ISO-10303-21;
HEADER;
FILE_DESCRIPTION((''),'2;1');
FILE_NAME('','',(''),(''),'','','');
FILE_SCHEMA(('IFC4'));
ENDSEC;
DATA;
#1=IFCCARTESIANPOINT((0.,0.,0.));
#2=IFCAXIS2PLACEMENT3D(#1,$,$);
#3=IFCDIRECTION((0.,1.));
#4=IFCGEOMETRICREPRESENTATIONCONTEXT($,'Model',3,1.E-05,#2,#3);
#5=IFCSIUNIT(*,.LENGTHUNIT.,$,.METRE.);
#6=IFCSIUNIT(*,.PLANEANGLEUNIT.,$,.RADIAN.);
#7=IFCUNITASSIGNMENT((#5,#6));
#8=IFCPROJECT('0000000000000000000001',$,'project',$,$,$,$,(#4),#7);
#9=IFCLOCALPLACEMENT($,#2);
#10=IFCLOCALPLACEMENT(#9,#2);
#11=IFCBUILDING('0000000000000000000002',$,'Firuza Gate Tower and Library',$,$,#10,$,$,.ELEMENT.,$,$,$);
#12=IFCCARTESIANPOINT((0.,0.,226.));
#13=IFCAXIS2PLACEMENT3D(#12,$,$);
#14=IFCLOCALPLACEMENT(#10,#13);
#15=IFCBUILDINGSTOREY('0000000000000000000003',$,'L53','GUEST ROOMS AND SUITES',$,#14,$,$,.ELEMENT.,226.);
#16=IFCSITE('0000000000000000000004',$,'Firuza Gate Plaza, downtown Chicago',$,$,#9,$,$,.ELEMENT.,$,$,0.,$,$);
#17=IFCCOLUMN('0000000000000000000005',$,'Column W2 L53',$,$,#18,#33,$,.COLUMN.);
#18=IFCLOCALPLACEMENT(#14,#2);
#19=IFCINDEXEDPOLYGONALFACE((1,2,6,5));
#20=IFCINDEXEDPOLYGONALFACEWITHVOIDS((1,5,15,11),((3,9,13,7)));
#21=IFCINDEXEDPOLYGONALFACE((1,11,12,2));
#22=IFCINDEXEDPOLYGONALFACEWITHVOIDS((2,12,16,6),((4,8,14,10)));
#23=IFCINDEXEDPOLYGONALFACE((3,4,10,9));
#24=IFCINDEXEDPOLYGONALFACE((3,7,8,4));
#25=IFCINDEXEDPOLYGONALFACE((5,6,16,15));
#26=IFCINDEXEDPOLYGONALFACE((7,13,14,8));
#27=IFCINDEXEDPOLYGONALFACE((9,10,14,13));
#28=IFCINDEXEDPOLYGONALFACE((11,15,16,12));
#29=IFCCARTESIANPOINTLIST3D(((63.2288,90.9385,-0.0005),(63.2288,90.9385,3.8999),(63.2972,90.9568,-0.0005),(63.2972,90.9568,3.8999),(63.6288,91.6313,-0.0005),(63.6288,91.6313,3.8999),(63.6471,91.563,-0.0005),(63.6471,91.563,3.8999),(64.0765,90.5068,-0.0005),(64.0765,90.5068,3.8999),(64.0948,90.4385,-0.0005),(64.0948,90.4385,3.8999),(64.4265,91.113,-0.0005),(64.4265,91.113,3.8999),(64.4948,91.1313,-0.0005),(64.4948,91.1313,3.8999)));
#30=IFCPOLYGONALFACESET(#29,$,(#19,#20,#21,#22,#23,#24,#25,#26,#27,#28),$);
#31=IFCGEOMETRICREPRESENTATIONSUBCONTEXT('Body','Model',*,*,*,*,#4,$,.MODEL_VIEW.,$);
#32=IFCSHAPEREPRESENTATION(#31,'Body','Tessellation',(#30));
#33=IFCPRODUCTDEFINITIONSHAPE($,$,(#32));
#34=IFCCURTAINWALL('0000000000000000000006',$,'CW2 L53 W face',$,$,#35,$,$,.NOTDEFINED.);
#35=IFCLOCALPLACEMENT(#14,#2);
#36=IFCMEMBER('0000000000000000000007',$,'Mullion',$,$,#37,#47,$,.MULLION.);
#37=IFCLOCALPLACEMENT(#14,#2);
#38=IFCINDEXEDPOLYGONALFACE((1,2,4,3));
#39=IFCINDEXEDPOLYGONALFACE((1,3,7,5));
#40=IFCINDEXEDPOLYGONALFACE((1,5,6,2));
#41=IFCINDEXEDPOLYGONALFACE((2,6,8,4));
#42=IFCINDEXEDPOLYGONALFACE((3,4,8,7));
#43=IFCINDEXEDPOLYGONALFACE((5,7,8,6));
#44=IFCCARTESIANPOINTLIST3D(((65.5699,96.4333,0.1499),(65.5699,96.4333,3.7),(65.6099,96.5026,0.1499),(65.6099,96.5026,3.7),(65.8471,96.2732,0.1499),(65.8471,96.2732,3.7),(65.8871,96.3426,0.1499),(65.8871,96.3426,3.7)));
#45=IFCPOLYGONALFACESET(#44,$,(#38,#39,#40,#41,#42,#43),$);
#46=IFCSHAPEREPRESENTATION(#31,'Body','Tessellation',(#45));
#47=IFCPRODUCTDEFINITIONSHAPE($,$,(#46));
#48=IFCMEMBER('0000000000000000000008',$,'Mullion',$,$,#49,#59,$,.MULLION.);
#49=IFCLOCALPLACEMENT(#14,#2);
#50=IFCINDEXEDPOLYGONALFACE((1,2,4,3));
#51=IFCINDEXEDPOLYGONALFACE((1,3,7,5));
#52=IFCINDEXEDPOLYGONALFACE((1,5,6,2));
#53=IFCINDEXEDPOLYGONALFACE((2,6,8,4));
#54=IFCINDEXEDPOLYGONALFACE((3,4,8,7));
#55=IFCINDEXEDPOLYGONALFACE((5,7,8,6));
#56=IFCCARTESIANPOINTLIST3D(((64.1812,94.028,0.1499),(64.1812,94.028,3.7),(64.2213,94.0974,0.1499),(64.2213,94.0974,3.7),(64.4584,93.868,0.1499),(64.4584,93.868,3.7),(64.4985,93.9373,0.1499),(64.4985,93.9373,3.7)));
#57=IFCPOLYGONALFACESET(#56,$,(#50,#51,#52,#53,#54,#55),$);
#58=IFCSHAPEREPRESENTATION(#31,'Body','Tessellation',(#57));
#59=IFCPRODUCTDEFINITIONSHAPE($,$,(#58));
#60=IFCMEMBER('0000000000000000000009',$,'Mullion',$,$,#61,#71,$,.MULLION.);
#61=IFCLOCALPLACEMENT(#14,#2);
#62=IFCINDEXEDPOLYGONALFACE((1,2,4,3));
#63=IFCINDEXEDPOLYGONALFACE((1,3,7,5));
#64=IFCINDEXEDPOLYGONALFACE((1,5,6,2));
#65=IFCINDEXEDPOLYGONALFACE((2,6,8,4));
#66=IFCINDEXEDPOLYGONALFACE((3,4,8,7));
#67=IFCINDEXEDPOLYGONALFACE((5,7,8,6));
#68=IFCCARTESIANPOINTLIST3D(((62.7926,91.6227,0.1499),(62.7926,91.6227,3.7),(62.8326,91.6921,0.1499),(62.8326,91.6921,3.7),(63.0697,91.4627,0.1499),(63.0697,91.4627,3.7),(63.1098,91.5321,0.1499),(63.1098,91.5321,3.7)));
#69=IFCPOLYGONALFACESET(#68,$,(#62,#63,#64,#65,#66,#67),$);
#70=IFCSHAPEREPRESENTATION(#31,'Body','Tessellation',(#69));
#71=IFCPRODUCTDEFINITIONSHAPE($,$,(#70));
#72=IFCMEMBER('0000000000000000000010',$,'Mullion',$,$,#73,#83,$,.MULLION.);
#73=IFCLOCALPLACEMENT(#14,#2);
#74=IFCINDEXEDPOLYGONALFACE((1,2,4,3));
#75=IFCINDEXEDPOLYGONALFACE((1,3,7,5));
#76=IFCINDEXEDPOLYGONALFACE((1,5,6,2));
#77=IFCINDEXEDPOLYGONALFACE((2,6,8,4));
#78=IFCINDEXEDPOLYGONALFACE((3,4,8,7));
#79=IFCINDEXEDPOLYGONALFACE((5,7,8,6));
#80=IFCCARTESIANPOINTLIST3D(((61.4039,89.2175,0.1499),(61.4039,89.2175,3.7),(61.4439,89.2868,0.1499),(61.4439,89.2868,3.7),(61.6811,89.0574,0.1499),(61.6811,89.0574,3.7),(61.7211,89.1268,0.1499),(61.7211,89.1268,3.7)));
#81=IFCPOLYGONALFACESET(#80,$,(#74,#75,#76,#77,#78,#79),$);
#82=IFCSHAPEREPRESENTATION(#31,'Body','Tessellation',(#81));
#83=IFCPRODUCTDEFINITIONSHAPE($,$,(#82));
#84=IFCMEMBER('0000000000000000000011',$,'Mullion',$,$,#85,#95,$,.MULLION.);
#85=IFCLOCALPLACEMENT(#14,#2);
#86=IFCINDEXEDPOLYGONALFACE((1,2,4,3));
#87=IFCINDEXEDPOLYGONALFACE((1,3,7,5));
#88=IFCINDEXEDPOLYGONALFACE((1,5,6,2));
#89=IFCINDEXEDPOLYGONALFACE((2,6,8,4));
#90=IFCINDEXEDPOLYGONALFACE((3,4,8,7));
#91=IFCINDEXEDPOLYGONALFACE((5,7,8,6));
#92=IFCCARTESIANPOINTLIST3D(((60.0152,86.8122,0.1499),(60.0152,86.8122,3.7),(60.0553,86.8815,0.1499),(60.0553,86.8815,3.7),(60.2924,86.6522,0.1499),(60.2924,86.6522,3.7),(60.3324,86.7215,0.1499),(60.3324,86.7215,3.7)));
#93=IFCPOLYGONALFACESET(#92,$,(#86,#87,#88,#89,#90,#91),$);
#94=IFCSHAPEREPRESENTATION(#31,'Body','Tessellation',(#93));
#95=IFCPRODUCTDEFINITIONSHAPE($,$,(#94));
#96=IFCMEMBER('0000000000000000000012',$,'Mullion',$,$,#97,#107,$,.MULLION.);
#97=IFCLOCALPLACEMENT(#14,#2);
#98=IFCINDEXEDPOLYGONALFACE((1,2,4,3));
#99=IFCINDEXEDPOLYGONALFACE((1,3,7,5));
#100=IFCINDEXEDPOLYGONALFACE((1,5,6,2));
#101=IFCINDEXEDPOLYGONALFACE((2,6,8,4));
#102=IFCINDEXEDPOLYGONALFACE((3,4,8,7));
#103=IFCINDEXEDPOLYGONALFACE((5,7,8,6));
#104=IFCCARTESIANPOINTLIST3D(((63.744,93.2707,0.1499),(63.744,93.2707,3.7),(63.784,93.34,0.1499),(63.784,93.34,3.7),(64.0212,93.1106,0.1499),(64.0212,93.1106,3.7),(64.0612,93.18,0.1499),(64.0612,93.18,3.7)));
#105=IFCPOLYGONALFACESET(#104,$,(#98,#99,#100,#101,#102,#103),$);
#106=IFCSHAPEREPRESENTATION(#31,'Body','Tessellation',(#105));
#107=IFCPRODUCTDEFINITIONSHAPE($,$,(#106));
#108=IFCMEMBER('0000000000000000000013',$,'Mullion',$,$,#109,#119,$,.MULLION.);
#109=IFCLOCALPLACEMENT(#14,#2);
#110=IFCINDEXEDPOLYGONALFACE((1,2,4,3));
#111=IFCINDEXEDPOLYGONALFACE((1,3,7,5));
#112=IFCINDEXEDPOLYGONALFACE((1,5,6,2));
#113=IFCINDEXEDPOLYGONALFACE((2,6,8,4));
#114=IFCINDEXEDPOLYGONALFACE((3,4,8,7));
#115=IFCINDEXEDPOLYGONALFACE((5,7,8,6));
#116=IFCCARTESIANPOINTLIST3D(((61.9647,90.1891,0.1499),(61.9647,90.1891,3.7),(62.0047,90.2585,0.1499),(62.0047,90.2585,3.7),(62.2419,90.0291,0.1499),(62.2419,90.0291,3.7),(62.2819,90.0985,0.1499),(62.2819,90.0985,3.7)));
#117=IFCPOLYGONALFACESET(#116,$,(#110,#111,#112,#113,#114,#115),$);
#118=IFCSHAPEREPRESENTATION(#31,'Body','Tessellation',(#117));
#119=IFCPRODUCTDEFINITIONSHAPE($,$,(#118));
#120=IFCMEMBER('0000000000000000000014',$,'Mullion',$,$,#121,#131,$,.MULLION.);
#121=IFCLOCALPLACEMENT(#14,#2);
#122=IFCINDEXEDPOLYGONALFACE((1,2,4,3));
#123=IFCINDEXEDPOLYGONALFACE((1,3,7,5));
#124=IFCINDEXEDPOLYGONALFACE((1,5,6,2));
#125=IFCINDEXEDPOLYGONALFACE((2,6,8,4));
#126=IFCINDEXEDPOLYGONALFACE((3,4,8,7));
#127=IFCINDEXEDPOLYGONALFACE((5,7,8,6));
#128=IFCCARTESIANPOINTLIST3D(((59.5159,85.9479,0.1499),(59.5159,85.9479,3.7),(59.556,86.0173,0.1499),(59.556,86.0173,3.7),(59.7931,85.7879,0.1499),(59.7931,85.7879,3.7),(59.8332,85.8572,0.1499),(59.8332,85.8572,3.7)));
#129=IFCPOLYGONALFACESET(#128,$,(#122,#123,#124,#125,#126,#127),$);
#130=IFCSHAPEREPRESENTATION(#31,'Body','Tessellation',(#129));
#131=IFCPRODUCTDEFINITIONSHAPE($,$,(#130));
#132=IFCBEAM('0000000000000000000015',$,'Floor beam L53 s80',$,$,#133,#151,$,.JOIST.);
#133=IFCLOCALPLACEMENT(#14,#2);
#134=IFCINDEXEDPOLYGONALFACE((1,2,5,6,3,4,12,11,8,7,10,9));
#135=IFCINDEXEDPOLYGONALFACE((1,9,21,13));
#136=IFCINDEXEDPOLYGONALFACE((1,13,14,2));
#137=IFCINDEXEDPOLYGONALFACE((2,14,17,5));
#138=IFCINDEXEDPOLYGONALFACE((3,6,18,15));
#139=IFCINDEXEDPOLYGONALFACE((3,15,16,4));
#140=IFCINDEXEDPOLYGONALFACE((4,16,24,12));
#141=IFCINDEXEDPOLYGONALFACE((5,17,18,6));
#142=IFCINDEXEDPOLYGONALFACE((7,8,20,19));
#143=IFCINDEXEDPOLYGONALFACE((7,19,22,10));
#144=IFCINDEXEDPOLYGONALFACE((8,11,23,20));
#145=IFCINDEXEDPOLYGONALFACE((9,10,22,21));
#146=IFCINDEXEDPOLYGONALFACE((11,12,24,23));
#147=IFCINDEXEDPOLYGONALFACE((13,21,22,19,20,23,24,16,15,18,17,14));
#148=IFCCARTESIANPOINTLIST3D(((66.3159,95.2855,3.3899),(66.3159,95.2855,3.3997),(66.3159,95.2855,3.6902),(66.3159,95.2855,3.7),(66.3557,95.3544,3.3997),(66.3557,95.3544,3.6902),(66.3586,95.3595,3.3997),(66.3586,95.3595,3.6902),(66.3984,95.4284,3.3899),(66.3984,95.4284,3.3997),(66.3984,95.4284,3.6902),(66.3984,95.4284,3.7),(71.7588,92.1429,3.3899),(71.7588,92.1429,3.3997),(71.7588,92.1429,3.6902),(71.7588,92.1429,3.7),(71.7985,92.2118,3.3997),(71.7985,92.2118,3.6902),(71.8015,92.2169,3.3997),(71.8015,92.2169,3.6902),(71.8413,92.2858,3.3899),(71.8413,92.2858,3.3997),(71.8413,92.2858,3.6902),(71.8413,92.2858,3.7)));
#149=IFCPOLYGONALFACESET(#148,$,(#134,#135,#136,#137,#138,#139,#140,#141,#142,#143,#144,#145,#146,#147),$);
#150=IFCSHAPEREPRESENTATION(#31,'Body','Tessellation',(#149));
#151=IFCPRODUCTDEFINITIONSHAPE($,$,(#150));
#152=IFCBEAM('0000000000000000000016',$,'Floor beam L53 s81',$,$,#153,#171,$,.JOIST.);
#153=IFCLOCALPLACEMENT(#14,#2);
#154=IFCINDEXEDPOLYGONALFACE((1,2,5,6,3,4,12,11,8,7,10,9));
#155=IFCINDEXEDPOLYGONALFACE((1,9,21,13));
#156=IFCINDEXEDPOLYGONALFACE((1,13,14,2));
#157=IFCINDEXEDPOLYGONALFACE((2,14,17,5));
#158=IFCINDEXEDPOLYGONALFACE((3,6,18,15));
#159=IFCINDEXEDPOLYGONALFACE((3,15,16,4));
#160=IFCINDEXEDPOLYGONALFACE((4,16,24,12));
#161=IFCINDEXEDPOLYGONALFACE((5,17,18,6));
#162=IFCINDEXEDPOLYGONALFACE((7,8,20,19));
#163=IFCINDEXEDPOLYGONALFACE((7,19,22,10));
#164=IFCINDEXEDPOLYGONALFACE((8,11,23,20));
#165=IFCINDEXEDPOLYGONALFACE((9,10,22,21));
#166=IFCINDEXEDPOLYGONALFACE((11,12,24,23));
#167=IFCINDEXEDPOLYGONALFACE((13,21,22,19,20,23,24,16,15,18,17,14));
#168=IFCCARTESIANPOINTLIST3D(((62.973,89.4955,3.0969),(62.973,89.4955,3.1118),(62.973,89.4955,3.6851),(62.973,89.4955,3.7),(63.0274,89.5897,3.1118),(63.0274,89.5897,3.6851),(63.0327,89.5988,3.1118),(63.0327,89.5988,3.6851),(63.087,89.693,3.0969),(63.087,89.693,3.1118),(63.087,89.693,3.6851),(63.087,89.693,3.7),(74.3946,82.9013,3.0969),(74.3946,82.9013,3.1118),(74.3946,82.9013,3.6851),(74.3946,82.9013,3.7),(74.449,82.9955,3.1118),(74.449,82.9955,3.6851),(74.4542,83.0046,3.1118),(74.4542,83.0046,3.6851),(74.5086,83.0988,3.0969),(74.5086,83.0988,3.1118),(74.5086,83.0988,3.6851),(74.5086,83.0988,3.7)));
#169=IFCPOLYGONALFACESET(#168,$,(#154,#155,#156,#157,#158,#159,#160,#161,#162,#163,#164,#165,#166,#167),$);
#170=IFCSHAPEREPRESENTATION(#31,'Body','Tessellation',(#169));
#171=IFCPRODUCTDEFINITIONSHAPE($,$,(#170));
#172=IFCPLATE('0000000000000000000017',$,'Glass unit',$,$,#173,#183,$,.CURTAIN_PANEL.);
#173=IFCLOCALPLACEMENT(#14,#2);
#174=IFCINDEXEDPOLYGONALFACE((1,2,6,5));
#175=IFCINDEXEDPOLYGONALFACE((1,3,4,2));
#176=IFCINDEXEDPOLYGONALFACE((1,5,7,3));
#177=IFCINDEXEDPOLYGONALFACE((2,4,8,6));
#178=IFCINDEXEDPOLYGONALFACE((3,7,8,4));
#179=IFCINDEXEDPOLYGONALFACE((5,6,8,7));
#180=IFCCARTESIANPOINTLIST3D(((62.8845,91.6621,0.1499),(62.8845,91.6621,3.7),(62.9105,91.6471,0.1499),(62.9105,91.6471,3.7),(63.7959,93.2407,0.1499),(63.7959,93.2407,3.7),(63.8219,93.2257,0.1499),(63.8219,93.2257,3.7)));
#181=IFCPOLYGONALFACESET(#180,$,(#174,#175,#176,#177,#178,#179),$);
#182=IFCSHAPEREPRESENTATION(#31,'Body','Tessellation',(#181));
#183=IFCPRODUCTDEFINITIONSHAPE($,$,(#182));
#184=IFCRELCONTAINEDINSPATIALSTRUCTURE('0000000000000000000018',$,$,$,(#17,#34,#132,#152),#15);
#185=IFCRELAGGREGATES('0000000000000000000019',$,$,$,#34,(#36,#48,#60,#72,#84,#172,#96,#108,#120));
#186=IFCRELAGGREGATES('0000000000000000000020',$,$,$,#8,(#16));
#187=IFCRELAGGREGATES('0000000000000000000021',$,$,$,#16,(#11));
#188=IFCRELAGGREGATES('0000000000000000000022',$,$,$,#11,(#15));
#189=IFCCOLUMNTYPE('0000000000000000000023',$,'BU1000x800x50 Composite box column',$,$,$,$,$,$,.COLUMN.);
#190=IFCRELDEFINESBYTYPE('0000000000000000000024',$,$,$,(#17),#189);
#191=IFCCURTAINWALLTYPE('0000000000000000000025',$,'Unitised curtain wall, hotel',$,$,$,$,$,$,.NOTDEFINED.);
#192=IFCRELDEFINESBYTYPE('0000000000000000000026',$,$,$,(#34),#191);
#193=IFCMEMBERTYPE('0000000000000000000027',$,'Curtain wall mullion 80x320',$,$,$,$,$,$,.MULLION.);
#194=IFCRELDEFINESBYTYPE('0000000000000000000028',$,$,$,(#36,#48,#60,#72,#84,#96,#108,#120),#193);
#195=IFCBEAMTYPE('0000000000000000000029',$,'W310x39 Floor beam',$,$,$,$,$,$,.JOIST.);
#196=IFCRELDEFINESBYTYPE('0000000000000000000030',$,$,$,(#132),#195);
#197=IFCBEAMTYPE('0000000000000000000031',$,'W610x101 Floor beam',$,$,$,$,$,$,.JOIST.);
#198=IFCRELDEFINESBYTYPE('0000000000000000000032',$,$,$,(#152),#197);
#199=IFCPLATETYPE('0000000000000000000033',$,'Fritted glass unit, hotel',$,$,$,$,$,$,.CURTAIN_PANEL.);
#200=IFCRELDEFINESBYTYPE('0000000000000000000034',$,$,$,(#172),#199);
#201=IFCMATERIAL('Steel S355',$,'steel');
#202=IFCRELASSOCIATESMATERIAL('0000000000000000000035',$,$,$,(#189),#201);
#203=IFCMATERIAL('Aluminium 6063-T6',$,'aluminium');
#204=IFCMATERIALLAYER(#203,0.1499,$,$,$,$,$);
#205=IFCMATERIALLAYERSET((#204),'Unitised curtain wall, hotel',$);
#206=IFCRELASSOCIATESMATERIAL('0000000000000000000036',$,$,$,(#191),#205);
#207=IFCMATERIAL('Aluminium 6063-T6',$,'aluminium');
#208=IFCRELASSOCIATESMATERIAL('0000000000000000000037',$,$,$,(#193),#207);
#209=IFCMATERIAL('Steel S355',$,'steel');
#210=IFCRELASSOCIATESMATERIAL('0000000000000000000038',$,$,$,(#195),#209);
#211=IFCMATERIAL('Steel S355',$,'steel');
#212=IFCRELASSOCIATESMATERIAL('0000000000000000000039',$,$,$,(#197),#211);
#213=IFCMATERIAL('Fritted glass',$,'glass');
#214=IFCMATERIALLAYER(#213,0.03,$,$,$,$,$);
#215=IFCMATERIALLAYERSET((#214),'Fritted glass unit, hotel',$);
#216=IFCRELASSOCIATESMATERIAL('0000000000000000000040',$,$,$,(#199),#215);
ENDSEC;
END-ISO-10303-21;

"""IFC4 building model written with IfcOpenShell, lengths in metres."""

from ifc_helpers import new_model, si_unit, direction, frame, origin, origin_2d, place, context, subcontext, project, spatial, polyline, rectangle, hollow_rectangle, i_section, outline, extrude, material, layer, layer_set, material_profile, profile_set, type_object, element, aggregate, save


model = new_model("IFC4")

# Units and contexts
model_context = context("Model", 3, precision=1e-05, world=origin(), true_north=direction((0.0, 1.0)))
body_context = subcontext(model_context, "Body", "Model", "MODEL_VIEW")
ifc_project = project(units=[si_unit("LENGTHUNIT", "METRE"), si_unit("PLANEANGLEUNIT", "RADIAN")], contexts=[model_context])

# Site, building, storey
site_placement = place(None, origin())
site = spatial("IfcSite", under=ifc_project, at=site_placement, Name="Firuza Gate Plaza, downtown Chicago", CompositionType="ELEMENT", RefElevation=0.0)
building_placement = place(site_placement, origin())
building = spatial("IfcBuilding", under=site, at=building_placement, Name="Firuza Gate Tower and Library", CompositionType="ELEMENT")
storey_placement = place(building_placement, frame((0.0, 0.0, 226.0)))
storey = spatial("IfcBuildingStorey", under=building, at=storey_placement, Name="L53", Description="GUEST ROOMS AND SUITES", CompositionType="ELEMENT", Elevation=226.0)

# Column
ifc_material_1 = material(Name="Steel S355", Category="steel")
ifc_material_profile_1 = material_profile(ifc_material_1, hollow_rectangle(XDim=0.8, YDim=1.0, WallThickness=0.05, at=origin_2d()))
ifc_profile_set_1 = profile_set([ifc_material_profile_1], Name="Steel S355")
column_type = type_object("IfcColumnType", Name="BU1000x800x50 Composite box column", PredefinedType="COLUMN", material=ifc_profile_set_1)
column_placement = place(storey_placement, frame((63.8618, 91.0349, -0.0005), z_axis=(0.0, 0.0, 1.0), x_axis=(-0.5, -0.866025, 0.0)))
element("IfcColumn", 1, at=column_placement, inside=storey, type_object=column_type, Name="Column W2 L53", PredefinedType="COLUMN", context=body_context, shape_type="SweptSolid", body=[
    extrude(hollow_rectangle(XDim=0.8, YDim=1.0, WallThickness=0.05, at=origin_2d()), origin(), (0.0, 0.0, 1.0), 3.9004),
])

# Curtain wall, members
ifc_material_2 = material(Name="Aluminium 6063-T6", Category="aluminium")
ifc_layer_1 = layer(ifc_material_2, 0.1499)
ifc_layer_set_1 = layer_set([ifc_layer_1], Name="Unitised curtain wall, hotel")
curtain_wall_type = type_object("IfcCurtainWallType", Name="Unitised curtain wall, hotel", PredefinedType="NOTDEFINED", material=ifc_layer_set_1)
placement = place(storey_placement, origin())
curtain_wall = element("IfcCurtainWall", 2, at=placement, inside=storey, type_object=curtain_wall_type, Name="CW2 L53 W face", PredefinedType="NOTDEFINED")
ifc_material_3 = material(Name="Aluminium 6063-T6", Category="aluminium")
ifc_material_profile_2 = material_profile(ifc_material_3, rectangle(XDim=0.3201, YDim=0.0801, at=origin_2d()))
ifc_profile_set_2 = profile_set([ifc_material_profile_2], Name="Aluminium 6063-T6")
member_type = type_object("IfcMemberType", Name="Curtain wall mullion 80x320", PredefinedType="MULLION", material=ifc_profile_set_2)
member_1_placement = place(storey_placement, frame((65.7285, 96.3879, 0.1499), z_axis=(0.0, 0.0, 1.0), x_axis=(0.866025, -0.5, 0.0)))
member_1 = element("IfcMember", 3, at=member_1_placement, type_object=member_type, Name="Mullion", PredefinedType="MULLION", context=body_context, shape_type="SweptSolid", body=[
    extrude(rectangle(XDim=0.3201, YDim=0.0801, at=origin_2d()), origin(), (0.0, 0.0, 1.0), 3.55),
])
member_2_placement = place(storey_placement, frame((64.3398, 93.9827, 0.1499), z_axis=(0.0, 0.0, 1.0), x_axis=(0.866025, -0.5, 0.0)))
member_2 = element("IfcMember", 4, at=member_2_placement, type_object=member_type, Name="Mullion", PredefinedType="MULLION", context=body_context, shape_type="SweptSolid", body=[
    extrude(rectangle(XDim=0.3201, YDim=0.0801, at=origin_2d()), origin(), (0.0, 0.0, 1.0), 3.55),
])
member_3_placement = place(storey_placement, frame((62.9512, 91.5774, 0.1499), z_axis=(0.0, 0.0, 1.0), x_axis=(0.866025, -0.5, 0.0)))
member_3 = element("IfcMember", 5, at=member_3_placement, type_object=member_type, Name="Mullion", PredefinedType="MULLION", context=body_context, shape_type="SweptSolid", body=[
    extrude(rectangle(XDim=0.3201, YDim=0.0801, at=origin_2d()), origin(), (0.0, 0.0, 1.0), 3.55),
])
member_4_placement = place(storey_placement, frame((61.5625, 89.1721, 0.1499), z_axis=(0.0, 0.0, 1.0), x_axis=(0.866025, -0.5, 0.0)))
member_4 = element("IfcMember", 6, at=member_4_placement, type_object=member_type, Name="Mullion", PredefinedType="MULLION", context=body_context, shape_type="SweptSolid", body=[
    extrude(rectangle(XDim=0.3201, YDim=0.0801, at=origin_2d()), origin(), (0.0, 0.0, 1.0), 3.55),
])
member_5_placement = place(storey_placement, frame((60.1738, 86.7668, 0.1499), z_axis=(0.0, 0.0, 1.0), x_axis=(0.866025, -0.5, 0.0)))
member_5 = element("IfcMember", 7, at=member_5_placement, type_object=member_type, Name="Mullion", PredefinedType="MULLION", context=body_context, shape_type="SweptSolid", body=[
    extrude(rectangle(XDim=0.3201, YDim=0.0801, at=origin_2d()), origin(), (0.0, 0.0, 1.0), 3.55),
])
member_6_placement = place(storey_placement, frame((63.9026, 93.2253, 0.1499), z_axis=(0.0, 0.0, 1.0), x_axis=(0.866025, -0.5, 0.0)))
member_6 = element("IfcMember", 8, at=member_6_placement, type_object=member_type, Name="Mullion", PredefinedType="MULLION", context=body_context, shape_type="SweptSolid", body=[
    extrude(rectangle(XDim=0.3201, YDim=0.0801, at=origin_2d()), origin(), (0.0, 0.0, 1.0), 3.55),
])
member_7_placement = place(storey_placement, frame((62.1233, 90.1438, 0.1499), z_axis=(0.0, 0.0, 1.0), x_axis=(0.866025, -0.5, 0.0)))
member_7 = element("IfcMember", 9, at=member_7_placement, type_object=member_type, Name="Mullion", PredefinedType="MULLION", context=body_context, shape_type="SweptSolid", body=[
    extrude(rectangle(XDim=0.3201, YDim=0.0801, at=origin_2d()), origin(), (0.0, 0.0, 1.0), 3.55),
])
member_8_placement = place(storey_placement, frame((59.6746, 85.9026, 0.1499), z_axis=(0.0, 0.0, 1.0), x_axis=(0.866025, -0.5, 0.0)))
member_8 = element("IfcMember", 10, at=member_8_placement, type_object=member_type, Name="Mullion", PredefinedType="MULLION", context=body_context, shape_type="SweptSolid", body=[
    extrude(rectangle(XDim=0.3201, YDim=0.0801, at=origin_2d()), origin(), (0.0, 0.0, 1.0), 3.55),
])

# Beams
ifc_material_4 = material(Name="Steel S355", Category="steel")
ifc_material_profile_3 = material_profile(ifc_material_4, i_section(OverallWidth=0.165, OverallDepth=0.3101, WebThickness=0.0059, FlangeThickness=0.0098, at=origin_2d()))
ifc_profile_set_3 = profile_set([ifc_material_profile_3], Name="Steel S355")
beam_type_1 = type_object("IfcBeamType", Name="W310x39 Floor beam", PredefinedType="JOIST", material=ifc_profile_set_3)
beam_1_placement = place(storey_placement, frame((66.3572, 95.3569, 3.5449), z_axis=(0.866016, -0.500016, 0.0), x_axis=(0.500016, 0.866016, 0.0)))
element("IfcBeam", 11, at=beam_1_placement, inside=storey, type_object=beam_type_1, Name="Floor beam L53 s80", PredefinedType="JOIST", context=body_context, shape_type="SweptSolid", body=[
    extrude(i_section(OverallWidth=0.165, OverallDepth=0.3101, WebThickness=0.0059, FlangeThickness=0.0098, at=origin_2d()), origin(), (0.0, 0.0, 1.0), 6.2849),
])
ifc_material_5 = material(Name="Steel S355", Category="steel")
ifc_material_profile_4 = material_profile(ifc_material_5, i_section(OverallWidth=0.228, OverallDepth=0.603, WebThickness=0.0105, FlangeThickness=0.0149, at=origin_2d()))
ifc_profile_set_4 = profile_set([ifc_material_profile_4], Name="Steel S355")
beam_type_2 = type_object("IfcBeamType", Name="W610x101 Floor beam", PredefinedType="JOIST", material=ifc_profile_set_4)
beam_2_placement = place(storey_placement, frame((63.03, 89.5942, 3.3984), z_axis=(0.866027, -0.499998, 0.0), x_axis=(0.499998, 0.866027, 0.0)))
element("IfcBeam", 12, at=beam_2_placement, inside=storey, type_object=beam_type_2, Name="Floor beam L53 s81", PredefinedType="JOIST", context=body_context, shape_type="SweptSolid", body=[
    extrude(i_section(OverallWidth=0.228, OverallDepth=0.603, WebThickness=0.0105, FlangeThickness=0.0149, at=origin_2d()), origin(), (0.0, 0.0, 1.0), 13.1885),
])

# Plate
ifc_material_6 = material(Name="Fritted glass", Category="glass")
ifc_layer_2 = layer(ifc_material_6, 0.03)
ifc_layer_set_2 = layer_set([ifc_layer_2], Name="Fritted glass unit, hotel")
plate_type_1 = type_object("IfcPlateType", Name="Fritted glass unit, hotel", PredefinedType="CURTAIN_PANEL", material=ifc_layer_set_2)
plate_1_placement = place(storey_placement, frame((63.7959, 93.2407, 0.1499), z_axis=(-0.866034, 0.499985, 0.0), x_axis=(-0.499985, -0.866034, 0.0)))
plate_1 = element("IfcPlate", 13, at=plate_1_placement, type_object=plate_type_1, Name="Glass unit", PredefinedType="CURTAIN_PANEL", context=body_context, shape_type="SweptSolid", body=[
    extrude(outline(polyline([(0.0, 0.0), (1.8228, 0.0), (1.8228, 3.55), (0.0, 3.55), (0.0, 0.0)])), origin(), (0.0, 0.0, -1.0), 0.03),
])
aggregate(curtain_wall, [member_1, member_2, member_3, member_4, member_5, plate_1, member_6, member_7, member_8])

save(model, "model.ifc")
